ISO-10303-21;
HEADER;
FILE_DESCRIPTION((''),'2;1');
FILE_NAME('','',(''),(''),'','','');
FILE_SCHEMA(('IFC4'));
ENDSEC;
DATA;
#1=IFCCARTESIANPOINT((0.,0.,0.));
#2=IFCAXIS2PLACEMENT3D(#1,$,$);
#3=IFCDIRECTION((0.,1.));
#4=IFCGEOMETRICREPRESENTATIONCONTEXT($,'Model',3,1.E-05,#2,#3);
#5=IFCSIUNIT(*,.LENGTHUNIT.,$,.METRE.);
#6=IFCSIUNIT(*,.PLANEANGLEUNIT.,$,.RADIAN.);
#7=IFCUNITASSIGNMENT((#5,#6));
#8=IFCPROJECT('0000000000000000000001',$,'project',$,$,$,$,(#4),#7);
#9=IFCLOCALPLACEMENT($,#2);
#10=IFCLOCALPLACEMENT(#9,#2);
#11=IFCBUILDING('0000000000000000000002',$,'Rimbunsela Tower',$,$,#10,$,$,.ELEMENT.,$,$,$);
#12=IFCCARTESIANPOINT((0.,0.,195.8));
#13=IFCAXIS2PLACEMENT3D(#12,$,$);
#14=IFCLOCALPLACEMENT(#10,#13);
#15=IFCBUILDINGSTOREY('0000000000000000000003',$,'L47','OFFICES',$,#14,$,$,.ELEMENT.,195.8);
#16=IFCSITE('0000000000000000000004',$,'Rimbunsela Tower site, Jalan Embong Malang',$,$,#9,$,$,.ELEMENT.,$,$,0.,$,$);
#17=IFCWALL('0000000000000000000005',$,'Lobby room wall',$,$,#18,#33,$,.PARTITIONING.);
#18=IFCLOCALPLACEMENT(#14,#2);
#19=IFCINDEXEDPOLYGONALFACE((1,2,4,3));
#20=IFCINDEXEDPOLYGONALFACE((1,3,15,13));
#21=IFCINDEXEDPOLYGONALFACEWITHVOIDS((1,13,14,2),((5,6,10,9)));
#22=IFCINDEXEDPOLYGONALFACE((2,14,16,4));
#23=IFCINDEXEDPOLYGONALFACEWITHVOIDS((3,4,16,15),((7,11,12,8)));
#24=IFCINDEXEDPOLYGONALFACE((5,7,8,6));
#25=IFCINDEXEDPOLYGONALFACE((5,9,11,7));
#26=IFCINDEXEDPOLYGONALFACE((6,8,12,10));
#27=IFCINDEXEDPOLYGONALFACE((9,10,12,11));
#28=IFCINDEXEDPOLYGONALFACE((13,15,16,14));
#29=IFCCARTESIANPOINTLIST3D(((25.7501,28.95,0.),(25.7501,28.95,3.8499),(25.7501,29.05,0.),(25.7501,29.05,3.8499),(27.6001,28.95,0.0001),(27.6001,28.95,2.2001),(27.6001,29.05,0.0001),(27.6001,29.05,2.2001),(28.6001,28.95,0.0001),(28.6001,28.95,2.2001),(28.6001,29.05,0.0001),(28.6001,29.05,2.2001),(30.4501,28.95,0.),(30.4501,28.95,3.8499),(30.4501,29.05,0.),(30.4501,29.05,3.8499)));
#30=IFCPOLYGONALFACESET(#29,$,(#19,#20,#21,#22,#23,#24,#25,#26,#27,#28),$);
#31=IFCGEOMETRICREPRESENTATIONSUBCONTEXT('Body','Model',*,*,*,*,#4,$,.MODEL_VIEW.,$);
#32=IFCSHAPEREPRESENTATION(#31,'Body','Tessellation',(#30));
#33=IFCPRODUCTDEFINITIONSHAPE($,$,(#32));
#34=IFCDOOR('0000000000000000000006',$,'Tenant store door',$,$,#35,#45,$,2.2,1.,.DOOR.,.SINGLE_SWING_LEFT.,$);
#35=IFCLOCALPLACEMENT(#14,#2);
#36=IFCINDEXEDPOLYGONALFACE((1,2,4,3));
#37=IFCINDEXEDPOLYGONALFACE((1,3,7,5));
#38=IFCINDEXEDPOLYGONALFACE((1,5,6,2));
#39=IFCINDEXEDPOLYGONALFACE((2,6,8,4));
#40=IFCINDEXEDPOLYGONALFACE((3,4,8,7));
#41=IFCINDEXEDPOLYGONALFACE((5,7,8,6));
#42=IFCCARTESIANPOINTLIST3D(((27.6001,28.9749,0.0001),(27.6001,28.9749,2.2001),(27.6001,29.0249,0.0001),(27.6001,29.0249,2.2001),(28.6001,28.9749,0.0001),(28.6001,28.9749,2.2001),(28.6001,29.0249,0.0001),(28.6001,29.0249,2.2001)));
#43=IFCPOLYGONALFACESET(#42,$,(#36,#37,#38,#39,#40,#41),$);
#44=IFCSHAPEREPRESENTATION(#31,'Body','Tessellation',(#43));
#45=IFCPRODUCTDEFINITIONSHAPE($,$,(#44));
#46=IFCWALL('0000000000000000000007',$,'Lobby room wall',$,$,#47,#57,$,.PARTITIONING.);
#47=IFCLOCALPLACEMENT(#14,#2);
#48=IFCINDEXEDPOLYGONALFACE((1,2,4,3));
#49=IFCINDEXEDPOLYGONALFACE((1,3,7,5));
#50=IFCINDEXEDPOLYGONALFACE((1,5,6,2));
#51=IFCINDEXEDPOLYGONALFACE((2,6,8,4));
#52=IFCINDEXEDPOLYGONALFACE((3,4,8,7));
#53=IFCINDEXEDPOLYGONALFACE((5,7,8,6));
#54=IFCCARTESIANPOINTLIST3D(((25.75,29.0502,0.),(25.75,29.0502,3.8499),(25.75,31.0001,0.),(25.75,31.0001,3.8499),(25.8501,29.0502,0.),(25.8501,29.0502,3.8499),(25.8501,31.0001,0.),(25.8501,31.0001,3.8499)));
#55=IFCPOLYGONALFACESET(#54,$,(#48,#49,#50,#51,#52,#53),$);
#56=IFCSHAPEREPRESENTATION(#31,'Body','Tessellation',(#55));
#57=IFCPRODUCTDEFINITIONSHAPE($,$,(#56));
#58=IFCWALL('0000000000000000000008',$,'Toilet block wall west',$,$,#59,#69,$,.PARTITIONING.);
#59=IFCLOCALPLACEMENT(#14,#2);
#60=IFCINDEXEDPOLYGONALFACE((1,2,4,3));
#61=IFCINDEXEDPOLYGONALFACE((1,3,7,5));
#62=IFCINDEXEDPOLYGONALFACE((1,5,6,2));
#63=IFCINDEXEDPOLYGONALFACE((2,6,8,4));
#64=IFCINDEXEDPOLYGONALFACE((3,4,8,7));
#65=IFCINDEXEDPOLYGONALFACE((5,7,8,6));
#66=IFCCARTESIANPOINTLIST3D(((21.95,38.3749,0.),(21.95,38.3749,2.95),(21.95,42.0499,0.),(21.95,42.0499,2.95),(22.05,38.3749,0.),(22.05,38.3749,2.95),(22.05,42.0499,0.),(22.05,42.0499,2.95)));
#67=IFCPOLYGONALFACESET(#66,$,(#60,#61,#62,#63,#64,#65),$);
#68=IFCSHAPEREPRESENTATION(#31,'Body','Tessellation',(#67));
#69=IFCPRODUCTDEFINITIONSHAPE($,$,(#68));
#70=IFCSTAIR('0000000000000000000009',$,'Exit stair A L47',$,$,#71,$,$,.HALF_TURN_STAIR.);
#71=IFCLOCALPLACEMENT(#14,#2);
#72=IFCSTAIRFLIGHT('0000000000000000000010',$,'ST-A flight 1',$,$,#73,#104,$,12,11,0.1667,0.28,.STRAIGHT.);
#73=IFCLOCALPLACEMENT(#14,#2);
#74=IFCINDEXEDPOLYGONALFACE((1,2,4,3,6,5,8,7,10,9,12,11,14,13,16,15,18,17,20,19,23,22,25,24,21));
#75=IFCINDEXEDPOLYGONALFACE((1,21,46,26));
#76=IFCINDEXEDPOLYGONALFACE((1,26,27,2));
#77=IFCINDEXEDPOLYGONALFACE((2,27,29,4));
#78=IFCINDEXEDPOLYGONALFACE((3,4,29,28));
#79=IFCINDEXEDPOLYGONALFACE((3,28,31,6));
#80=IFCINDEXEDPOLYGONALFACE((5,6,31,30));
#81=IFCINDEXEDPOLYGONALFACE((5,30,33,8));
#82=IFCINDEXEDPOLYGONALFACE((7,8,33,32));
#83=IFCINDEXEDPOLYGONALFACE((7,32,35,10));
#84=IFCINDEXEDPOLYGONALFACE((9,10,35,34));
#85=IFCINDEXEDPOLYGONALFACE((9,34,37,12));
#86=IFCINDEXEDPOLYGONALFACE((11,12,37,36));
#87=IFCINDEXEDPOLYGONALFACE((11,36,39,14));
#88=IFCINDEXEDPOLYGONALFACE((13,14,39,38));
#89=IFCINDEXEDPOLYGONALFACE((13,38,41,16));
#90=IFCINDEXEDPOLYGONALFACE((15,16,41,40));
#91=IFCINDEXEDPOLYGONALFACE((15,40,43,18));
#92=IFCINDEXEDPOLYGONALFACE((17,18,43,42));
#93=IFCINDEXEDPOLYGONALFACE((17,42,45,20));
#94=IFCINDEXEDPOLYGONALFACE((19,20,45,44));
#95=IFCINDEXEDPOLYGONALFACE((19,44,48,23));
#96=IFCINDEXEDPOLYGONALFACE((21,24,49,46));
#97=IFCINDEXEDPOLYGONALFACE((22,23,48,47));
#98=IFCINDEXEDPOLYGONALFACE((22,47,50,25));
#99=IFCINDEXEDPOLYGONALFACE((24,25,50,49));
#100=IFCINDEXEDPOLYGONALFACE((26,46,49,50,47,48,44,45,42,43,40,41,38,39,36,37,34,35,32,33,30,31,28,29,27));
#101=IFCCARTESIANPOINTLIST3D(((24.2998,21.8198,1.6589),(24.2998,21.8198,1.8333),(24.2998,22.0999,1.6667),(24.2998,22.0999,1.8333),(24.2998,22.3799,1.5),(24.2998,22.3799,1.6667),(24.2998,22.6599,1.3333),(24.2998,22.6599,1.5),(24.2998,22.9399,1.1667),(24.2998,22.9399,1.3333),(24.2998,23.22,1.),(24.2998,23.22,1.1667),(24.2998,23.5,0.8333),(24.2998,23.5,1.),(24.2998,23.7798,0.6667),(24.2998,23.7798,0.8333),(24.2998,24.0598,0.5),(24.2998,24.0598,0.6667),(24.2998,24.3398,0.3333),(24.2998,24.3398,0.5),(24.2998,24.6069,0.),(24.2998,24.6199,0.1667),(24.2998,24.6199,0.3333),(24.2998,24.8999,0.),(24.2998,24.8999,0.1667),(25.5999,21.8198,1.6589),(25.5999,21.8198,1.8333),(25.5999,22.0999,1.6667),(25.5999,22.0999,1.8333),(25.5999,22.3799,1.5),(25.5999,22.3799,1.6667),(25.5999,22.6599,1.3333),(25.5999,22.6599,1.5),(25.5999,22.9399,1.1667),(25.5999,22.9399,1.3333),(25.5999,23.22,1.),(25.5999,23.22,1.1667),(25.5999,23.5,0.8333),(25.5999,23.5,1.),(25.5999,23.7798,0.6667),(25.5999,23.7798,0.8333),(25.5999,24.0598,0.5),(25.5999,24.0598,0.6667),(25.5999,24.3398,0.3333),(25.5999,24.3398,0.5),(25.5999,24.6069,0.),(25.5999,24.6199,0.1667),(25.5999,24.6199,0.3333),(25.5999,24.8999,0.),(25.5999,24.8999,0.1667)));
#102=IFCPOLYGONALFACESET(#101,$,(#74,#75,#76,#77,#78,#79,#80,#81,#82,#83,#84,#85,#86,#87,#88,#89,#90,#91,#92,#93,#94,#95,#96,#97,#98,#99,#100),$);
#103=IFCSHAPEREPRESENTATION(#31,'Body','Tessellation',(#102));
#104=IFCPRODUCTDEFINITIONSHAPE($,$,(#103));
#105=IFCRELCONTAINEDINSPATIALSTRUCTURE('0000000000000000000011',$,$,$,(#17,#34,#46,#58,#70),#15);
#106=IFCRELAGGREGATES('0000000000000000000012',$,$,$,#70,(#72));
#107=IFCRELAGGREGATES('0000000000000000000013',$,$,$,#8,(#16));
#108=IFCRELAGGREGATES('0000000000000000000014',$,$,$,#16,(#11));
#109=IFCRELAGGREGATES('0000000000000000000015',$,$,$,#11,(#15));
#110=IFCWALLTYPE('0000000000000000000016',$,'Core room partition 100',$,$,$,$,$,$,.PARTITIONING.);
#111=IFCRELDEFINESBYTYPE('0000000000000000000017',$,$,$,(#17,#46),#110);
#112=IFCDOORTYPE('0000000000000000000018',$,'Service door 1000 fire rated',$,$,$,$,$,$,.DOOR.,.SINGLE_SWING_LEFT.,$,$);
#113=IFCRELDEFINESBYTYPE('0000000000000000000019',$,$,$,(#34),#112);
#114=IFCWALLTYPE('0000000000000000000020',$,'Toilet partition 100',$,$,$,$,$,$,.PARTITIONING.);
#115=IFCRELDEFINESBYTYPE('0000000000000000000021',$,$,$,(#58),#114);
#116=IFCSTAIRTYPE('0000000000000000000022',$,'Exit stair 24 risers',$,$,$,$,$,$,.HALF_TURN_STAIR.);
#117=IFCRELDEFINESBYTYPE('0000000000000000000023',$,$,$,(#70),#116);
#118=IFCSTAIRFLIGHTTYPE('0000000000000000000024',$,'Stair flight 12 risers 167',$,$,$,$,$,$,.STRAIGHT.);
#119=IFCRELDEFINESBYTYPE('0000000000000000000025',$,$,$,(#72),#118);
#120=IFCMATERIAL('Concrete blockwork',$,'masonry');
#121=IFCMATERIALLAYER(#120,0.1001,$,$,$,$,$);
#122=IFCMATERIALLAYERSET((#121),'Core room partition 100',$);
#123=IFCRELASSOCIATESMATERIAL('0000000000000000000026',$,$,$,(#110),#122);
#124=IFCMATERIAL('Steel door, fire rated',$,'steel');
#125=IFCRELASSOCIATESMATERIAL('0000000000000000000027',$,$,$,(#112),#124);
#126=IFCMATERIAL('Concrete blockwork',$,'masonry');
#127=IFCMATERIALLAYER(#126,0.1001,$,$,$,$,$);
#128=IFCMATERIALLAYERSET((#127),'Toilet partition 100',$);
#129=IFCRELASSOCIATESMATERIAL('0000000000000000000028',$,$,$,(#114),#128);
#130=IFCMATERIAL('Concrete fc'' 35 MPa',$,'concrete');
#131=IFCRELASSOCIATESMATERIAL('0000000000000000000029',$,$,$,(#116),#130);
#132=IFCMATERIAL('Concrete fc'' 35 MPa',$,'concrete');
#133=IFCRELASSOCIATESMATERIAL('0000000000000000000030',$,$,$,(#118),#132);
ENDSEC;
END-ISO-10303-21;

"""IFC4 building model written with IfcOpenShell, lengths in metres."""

from ifc_helpers import new_model, si_unit, direction, frame, frame_2d, origin, place, context, subcontext, project, spatial, polyline, rectangle, outline, extrude, material, layer, layer_set, type_object, element, fill, aggregate, save


model = new_model("IFC4")

# Units and contexts
model_context = context("Model", 3, precision=1e-05, world=origin(), true_north=direction((0.0, 1.0)))
body_context = subcontext(model_context, "Body", "Model", "MODEL_VIEW")
ifc_project = project(units=[si_unit("LENGTHUNIT", "METRE"), si_unit("PLANEANGLEUNIT", "RADIAN")], contexts=[model_context])

# Site, building, storey
site_placement = place(None, origin())
site = spatial("IfcSite", under=ifc_project, at=site_placement, Name="Rimbunsela Tower site, Jalan Embong Malang", CompositionType="ELEMENT", RefElevation=0.0)
building_placement = place(site_placement, origin())
building = spatial("IfcBuilding", under=site, at=building_placement, Name="Rimbunsela Tower", CompositionType="ELEMENT")
storey_placement = place(building_placement, frame((0.0, 0.0, 195.8)))
storey = spatial("IfcBuildingStorey", under=building, at=storey_placement, Name="L47", Description="OFFICES", CompositionType="ELEMENT", Elevation=195.8)

# Wall, opening, door
ifc_material_1 = material(Name="Concrete blockwork", Category="masonry")
ifc_layer_1 = layer(ifc_material_1, 0.1001)
ifc_layer_set_1 = layer_set([ifc_layer_1], Name="Core room partition 100")
wall_type_1 = type_object("IfcWallType", Name="Core room partition 100", PredefinedType="PARTITIONING", material=ifc_layer_set_1)
ifc_material_2 = material(Name="Steel door, fire rated", Category="steel")
door_type_1 = type_object("IfcDoorType", Name="Service door 1000 fire rated", OperationType="SINGLE_SWING_LEFT", PredefinedType="DOOR", material=ifc_material_2)
wall_1_placement = place(storey_placement, frame((25.75, 29.0, 0.0), z_axis=(0.0, 0.0, 1.0), x_axis=(1.0, 0.0, 0.0)))
wall_1 = element("IfcWall", 1, at=wall_1_placement, inside=storey, type_object=wall_type_1, Name="Lobby room wall", PredefinedType="PARTITIONING", context=body_context, shape_type="SweptSolid", body=[
    extrude(rectangle(XDim=4.7, YDim=0.1001, at=frame_2d((2.3501, 0.0))), origin(), (0.0, 0.0, 1.0), 3.8499),
])
opening_1_placement = place(wall_1_placement, frame((1.8501, 0.0, 0.0)))
opening_1 = element("IfcOpeningElement", 2, at=opening_1_placement, cuts=wall_1, PredefinedType="OPENING", context=body_context, shape_type="SweptSolid", body=[
    extrude(rectangle(XDim=1.0, YDim=2.2, at=frame_2d((0.5, 1.1001))), frame((0.0, 0.0601, 0.0), z_axis=(0.0, -1.0, 0.0), x_axis=(1.0, 0.0, 0.0)), (0.0, 0.0, 1.0), 0.1201),
])
door_1_placement = place(opening_1_placement, origin())
door_1 = element("IfcDoor", 3, at=door_1_placement, inside=storey, type_object=door_type_1, Name="Tenant store door", OperationType="SINGLE_SWING_LEFT", OverallHeight=2.2, OverallWidth=1.0, PredefinedType="DOOR", context=body_context, shape_type="SweptSolid", body=[
    extrude(rectangle(XDim=1.0, YDim=2.2, at=frame_2d((0.5, 1.1001))), frame((0.0, 0.0249, 0.0), z_axis=(0.0, -1.0, 0.0), x_axis=(1.0, 0.0, 0.0)), (0.0, 0.0, 1.0), 0.05),
])
fill(opening_1, door_1)

# Walls
wall_2_placement = place(storey_placement, frame((25.8, 29.05, 0.0), z_axis=(0.0, 0.0, 1.0), x_axis=(0.0, 1.0, 0.0)))
element("IfcWall", 4, at=wall_2_placement, inside=storey, type_object=wall_type_1, Name="Lobby room wall", PredefinedType="PARTITIONING", context=body_context, shape_type="SweptSolid", body=[
    extrude(rectangle(XDim=1.95, YDim=0.1001, at=frame_2d((0.9751, 0.0))), origin(), (0.0, 0.0, 1.0), 3.8499),
])
ifc_material_3 = material(Name="Concrete blockwork", Category="masonry")
ifc_layer_2 = layer(ifc_material_3, 0.1001)
ifc_layer_set_2 = layer_set([ifc_layer_2], Name="Toilet partition 100")
wall_type_2 = type_object("IfcWallType", Name="Toilet partition 100", PredefinedType="PARTITIONING", material=ifc_layer_set_2)
wall_3_placement = place(storey_placement, frame((22.0, 38.375, 0.0), z_axis=(0.0, 0.0, 1.0), x_axis=(0.0, 1.0, 0.0)))
element("IfcWall", 5, at=wall_3_placement, inside=storey, type_object=wall_type_2, Name="Toilet block wall west", PredefinedType="PARTITIONING", context=body_context, shape_type="SweptSolid", body=[
    extrude(rectangle(XDim=3.675, YDim=0.1001, at=frame_2d((1.8374, 0.0))), origin(), (0.0, 0.0, 1.0), 2.95),
])

# Stair, stair flight
ifc_material_4 = material(Name="Concrete fc' 35 MPa", Category="concrete")
stair_type = type_object("IfcStairType", Name="Exit stair 24 risers", PredefinedType="HALF_TURN_STAIR", material=ifc_material_4)
stair_placement = place(storey_placement, origin())
stair = element("IfcStair", 6, at=stair_placement, inside=storey, type_object=stair_type, Name="Exit stair A L47", PredefinedType="HALF_TURN_STAIR")
ifc_material_5 = material(Name="Concrete fc' 35 MPa", Category="concrete")
stair_flight_type = type_object("IfcStairFlightType", Name="Stair flight 12 risers 167", PredefinedType="STRAIGHT", material=ifc_material_5)
stair_flight_placement = place(storey_placement, frame((24.95, 24.8999, 0.0), z_axis=(0.0, 0.0, 1.0), x_axis=(0.0, -1.0, 0.0)))
stair_flight = element("IfcStairFlight", 7, at=stair_flight_placement, type_object=stair_flight_type, Name="ST-A flight 1", NumberOfRisers=12, NumberOfTreads=11, PredefinedType="STRAIGHT", RiserHeight=0.1667, TreadLength=0.28, context=body_context, shape_type="SweptSolid", body=[
    extrude(outline(polyline([(0.0, 0.0), (0.0, 0.1667), (0.28, 0.1667), (0.28, 0.3333), (0.5601, 0.3333), (0.5601, 0.5), (0.8401, 0.5), (0.8401, 0.6667), (1.1201, 0.6667), (1.1201, 0.8333), (1.3999, 0.8333), (1.3999, 1.0), (1.6799, 1.0), (1.6799, 1.1667), (1.96, 1.1667), (1.96, 1.3333), (2.24, 1.3333), (2.24, 1.5), (2.52, 1.5), (2.52, 1.6667), (2.8, 1.6667), (2.8, 1.8333), (3.0801, 1.8333), (3.0801, 2.0), (3.0801, 1.6589), (0.293, 0.0), (0.0, 0.0)])), frame((0.0, 0.6499, 0.0), z_axis=(0.0, -1.0, 0.0), x_axis=(1.0, 0.0, 0.0)), (0.0, 0.0, 1.0), 1.3),
])
aggregate(stair, [stair_flight])

save(model, "model.ifc")
